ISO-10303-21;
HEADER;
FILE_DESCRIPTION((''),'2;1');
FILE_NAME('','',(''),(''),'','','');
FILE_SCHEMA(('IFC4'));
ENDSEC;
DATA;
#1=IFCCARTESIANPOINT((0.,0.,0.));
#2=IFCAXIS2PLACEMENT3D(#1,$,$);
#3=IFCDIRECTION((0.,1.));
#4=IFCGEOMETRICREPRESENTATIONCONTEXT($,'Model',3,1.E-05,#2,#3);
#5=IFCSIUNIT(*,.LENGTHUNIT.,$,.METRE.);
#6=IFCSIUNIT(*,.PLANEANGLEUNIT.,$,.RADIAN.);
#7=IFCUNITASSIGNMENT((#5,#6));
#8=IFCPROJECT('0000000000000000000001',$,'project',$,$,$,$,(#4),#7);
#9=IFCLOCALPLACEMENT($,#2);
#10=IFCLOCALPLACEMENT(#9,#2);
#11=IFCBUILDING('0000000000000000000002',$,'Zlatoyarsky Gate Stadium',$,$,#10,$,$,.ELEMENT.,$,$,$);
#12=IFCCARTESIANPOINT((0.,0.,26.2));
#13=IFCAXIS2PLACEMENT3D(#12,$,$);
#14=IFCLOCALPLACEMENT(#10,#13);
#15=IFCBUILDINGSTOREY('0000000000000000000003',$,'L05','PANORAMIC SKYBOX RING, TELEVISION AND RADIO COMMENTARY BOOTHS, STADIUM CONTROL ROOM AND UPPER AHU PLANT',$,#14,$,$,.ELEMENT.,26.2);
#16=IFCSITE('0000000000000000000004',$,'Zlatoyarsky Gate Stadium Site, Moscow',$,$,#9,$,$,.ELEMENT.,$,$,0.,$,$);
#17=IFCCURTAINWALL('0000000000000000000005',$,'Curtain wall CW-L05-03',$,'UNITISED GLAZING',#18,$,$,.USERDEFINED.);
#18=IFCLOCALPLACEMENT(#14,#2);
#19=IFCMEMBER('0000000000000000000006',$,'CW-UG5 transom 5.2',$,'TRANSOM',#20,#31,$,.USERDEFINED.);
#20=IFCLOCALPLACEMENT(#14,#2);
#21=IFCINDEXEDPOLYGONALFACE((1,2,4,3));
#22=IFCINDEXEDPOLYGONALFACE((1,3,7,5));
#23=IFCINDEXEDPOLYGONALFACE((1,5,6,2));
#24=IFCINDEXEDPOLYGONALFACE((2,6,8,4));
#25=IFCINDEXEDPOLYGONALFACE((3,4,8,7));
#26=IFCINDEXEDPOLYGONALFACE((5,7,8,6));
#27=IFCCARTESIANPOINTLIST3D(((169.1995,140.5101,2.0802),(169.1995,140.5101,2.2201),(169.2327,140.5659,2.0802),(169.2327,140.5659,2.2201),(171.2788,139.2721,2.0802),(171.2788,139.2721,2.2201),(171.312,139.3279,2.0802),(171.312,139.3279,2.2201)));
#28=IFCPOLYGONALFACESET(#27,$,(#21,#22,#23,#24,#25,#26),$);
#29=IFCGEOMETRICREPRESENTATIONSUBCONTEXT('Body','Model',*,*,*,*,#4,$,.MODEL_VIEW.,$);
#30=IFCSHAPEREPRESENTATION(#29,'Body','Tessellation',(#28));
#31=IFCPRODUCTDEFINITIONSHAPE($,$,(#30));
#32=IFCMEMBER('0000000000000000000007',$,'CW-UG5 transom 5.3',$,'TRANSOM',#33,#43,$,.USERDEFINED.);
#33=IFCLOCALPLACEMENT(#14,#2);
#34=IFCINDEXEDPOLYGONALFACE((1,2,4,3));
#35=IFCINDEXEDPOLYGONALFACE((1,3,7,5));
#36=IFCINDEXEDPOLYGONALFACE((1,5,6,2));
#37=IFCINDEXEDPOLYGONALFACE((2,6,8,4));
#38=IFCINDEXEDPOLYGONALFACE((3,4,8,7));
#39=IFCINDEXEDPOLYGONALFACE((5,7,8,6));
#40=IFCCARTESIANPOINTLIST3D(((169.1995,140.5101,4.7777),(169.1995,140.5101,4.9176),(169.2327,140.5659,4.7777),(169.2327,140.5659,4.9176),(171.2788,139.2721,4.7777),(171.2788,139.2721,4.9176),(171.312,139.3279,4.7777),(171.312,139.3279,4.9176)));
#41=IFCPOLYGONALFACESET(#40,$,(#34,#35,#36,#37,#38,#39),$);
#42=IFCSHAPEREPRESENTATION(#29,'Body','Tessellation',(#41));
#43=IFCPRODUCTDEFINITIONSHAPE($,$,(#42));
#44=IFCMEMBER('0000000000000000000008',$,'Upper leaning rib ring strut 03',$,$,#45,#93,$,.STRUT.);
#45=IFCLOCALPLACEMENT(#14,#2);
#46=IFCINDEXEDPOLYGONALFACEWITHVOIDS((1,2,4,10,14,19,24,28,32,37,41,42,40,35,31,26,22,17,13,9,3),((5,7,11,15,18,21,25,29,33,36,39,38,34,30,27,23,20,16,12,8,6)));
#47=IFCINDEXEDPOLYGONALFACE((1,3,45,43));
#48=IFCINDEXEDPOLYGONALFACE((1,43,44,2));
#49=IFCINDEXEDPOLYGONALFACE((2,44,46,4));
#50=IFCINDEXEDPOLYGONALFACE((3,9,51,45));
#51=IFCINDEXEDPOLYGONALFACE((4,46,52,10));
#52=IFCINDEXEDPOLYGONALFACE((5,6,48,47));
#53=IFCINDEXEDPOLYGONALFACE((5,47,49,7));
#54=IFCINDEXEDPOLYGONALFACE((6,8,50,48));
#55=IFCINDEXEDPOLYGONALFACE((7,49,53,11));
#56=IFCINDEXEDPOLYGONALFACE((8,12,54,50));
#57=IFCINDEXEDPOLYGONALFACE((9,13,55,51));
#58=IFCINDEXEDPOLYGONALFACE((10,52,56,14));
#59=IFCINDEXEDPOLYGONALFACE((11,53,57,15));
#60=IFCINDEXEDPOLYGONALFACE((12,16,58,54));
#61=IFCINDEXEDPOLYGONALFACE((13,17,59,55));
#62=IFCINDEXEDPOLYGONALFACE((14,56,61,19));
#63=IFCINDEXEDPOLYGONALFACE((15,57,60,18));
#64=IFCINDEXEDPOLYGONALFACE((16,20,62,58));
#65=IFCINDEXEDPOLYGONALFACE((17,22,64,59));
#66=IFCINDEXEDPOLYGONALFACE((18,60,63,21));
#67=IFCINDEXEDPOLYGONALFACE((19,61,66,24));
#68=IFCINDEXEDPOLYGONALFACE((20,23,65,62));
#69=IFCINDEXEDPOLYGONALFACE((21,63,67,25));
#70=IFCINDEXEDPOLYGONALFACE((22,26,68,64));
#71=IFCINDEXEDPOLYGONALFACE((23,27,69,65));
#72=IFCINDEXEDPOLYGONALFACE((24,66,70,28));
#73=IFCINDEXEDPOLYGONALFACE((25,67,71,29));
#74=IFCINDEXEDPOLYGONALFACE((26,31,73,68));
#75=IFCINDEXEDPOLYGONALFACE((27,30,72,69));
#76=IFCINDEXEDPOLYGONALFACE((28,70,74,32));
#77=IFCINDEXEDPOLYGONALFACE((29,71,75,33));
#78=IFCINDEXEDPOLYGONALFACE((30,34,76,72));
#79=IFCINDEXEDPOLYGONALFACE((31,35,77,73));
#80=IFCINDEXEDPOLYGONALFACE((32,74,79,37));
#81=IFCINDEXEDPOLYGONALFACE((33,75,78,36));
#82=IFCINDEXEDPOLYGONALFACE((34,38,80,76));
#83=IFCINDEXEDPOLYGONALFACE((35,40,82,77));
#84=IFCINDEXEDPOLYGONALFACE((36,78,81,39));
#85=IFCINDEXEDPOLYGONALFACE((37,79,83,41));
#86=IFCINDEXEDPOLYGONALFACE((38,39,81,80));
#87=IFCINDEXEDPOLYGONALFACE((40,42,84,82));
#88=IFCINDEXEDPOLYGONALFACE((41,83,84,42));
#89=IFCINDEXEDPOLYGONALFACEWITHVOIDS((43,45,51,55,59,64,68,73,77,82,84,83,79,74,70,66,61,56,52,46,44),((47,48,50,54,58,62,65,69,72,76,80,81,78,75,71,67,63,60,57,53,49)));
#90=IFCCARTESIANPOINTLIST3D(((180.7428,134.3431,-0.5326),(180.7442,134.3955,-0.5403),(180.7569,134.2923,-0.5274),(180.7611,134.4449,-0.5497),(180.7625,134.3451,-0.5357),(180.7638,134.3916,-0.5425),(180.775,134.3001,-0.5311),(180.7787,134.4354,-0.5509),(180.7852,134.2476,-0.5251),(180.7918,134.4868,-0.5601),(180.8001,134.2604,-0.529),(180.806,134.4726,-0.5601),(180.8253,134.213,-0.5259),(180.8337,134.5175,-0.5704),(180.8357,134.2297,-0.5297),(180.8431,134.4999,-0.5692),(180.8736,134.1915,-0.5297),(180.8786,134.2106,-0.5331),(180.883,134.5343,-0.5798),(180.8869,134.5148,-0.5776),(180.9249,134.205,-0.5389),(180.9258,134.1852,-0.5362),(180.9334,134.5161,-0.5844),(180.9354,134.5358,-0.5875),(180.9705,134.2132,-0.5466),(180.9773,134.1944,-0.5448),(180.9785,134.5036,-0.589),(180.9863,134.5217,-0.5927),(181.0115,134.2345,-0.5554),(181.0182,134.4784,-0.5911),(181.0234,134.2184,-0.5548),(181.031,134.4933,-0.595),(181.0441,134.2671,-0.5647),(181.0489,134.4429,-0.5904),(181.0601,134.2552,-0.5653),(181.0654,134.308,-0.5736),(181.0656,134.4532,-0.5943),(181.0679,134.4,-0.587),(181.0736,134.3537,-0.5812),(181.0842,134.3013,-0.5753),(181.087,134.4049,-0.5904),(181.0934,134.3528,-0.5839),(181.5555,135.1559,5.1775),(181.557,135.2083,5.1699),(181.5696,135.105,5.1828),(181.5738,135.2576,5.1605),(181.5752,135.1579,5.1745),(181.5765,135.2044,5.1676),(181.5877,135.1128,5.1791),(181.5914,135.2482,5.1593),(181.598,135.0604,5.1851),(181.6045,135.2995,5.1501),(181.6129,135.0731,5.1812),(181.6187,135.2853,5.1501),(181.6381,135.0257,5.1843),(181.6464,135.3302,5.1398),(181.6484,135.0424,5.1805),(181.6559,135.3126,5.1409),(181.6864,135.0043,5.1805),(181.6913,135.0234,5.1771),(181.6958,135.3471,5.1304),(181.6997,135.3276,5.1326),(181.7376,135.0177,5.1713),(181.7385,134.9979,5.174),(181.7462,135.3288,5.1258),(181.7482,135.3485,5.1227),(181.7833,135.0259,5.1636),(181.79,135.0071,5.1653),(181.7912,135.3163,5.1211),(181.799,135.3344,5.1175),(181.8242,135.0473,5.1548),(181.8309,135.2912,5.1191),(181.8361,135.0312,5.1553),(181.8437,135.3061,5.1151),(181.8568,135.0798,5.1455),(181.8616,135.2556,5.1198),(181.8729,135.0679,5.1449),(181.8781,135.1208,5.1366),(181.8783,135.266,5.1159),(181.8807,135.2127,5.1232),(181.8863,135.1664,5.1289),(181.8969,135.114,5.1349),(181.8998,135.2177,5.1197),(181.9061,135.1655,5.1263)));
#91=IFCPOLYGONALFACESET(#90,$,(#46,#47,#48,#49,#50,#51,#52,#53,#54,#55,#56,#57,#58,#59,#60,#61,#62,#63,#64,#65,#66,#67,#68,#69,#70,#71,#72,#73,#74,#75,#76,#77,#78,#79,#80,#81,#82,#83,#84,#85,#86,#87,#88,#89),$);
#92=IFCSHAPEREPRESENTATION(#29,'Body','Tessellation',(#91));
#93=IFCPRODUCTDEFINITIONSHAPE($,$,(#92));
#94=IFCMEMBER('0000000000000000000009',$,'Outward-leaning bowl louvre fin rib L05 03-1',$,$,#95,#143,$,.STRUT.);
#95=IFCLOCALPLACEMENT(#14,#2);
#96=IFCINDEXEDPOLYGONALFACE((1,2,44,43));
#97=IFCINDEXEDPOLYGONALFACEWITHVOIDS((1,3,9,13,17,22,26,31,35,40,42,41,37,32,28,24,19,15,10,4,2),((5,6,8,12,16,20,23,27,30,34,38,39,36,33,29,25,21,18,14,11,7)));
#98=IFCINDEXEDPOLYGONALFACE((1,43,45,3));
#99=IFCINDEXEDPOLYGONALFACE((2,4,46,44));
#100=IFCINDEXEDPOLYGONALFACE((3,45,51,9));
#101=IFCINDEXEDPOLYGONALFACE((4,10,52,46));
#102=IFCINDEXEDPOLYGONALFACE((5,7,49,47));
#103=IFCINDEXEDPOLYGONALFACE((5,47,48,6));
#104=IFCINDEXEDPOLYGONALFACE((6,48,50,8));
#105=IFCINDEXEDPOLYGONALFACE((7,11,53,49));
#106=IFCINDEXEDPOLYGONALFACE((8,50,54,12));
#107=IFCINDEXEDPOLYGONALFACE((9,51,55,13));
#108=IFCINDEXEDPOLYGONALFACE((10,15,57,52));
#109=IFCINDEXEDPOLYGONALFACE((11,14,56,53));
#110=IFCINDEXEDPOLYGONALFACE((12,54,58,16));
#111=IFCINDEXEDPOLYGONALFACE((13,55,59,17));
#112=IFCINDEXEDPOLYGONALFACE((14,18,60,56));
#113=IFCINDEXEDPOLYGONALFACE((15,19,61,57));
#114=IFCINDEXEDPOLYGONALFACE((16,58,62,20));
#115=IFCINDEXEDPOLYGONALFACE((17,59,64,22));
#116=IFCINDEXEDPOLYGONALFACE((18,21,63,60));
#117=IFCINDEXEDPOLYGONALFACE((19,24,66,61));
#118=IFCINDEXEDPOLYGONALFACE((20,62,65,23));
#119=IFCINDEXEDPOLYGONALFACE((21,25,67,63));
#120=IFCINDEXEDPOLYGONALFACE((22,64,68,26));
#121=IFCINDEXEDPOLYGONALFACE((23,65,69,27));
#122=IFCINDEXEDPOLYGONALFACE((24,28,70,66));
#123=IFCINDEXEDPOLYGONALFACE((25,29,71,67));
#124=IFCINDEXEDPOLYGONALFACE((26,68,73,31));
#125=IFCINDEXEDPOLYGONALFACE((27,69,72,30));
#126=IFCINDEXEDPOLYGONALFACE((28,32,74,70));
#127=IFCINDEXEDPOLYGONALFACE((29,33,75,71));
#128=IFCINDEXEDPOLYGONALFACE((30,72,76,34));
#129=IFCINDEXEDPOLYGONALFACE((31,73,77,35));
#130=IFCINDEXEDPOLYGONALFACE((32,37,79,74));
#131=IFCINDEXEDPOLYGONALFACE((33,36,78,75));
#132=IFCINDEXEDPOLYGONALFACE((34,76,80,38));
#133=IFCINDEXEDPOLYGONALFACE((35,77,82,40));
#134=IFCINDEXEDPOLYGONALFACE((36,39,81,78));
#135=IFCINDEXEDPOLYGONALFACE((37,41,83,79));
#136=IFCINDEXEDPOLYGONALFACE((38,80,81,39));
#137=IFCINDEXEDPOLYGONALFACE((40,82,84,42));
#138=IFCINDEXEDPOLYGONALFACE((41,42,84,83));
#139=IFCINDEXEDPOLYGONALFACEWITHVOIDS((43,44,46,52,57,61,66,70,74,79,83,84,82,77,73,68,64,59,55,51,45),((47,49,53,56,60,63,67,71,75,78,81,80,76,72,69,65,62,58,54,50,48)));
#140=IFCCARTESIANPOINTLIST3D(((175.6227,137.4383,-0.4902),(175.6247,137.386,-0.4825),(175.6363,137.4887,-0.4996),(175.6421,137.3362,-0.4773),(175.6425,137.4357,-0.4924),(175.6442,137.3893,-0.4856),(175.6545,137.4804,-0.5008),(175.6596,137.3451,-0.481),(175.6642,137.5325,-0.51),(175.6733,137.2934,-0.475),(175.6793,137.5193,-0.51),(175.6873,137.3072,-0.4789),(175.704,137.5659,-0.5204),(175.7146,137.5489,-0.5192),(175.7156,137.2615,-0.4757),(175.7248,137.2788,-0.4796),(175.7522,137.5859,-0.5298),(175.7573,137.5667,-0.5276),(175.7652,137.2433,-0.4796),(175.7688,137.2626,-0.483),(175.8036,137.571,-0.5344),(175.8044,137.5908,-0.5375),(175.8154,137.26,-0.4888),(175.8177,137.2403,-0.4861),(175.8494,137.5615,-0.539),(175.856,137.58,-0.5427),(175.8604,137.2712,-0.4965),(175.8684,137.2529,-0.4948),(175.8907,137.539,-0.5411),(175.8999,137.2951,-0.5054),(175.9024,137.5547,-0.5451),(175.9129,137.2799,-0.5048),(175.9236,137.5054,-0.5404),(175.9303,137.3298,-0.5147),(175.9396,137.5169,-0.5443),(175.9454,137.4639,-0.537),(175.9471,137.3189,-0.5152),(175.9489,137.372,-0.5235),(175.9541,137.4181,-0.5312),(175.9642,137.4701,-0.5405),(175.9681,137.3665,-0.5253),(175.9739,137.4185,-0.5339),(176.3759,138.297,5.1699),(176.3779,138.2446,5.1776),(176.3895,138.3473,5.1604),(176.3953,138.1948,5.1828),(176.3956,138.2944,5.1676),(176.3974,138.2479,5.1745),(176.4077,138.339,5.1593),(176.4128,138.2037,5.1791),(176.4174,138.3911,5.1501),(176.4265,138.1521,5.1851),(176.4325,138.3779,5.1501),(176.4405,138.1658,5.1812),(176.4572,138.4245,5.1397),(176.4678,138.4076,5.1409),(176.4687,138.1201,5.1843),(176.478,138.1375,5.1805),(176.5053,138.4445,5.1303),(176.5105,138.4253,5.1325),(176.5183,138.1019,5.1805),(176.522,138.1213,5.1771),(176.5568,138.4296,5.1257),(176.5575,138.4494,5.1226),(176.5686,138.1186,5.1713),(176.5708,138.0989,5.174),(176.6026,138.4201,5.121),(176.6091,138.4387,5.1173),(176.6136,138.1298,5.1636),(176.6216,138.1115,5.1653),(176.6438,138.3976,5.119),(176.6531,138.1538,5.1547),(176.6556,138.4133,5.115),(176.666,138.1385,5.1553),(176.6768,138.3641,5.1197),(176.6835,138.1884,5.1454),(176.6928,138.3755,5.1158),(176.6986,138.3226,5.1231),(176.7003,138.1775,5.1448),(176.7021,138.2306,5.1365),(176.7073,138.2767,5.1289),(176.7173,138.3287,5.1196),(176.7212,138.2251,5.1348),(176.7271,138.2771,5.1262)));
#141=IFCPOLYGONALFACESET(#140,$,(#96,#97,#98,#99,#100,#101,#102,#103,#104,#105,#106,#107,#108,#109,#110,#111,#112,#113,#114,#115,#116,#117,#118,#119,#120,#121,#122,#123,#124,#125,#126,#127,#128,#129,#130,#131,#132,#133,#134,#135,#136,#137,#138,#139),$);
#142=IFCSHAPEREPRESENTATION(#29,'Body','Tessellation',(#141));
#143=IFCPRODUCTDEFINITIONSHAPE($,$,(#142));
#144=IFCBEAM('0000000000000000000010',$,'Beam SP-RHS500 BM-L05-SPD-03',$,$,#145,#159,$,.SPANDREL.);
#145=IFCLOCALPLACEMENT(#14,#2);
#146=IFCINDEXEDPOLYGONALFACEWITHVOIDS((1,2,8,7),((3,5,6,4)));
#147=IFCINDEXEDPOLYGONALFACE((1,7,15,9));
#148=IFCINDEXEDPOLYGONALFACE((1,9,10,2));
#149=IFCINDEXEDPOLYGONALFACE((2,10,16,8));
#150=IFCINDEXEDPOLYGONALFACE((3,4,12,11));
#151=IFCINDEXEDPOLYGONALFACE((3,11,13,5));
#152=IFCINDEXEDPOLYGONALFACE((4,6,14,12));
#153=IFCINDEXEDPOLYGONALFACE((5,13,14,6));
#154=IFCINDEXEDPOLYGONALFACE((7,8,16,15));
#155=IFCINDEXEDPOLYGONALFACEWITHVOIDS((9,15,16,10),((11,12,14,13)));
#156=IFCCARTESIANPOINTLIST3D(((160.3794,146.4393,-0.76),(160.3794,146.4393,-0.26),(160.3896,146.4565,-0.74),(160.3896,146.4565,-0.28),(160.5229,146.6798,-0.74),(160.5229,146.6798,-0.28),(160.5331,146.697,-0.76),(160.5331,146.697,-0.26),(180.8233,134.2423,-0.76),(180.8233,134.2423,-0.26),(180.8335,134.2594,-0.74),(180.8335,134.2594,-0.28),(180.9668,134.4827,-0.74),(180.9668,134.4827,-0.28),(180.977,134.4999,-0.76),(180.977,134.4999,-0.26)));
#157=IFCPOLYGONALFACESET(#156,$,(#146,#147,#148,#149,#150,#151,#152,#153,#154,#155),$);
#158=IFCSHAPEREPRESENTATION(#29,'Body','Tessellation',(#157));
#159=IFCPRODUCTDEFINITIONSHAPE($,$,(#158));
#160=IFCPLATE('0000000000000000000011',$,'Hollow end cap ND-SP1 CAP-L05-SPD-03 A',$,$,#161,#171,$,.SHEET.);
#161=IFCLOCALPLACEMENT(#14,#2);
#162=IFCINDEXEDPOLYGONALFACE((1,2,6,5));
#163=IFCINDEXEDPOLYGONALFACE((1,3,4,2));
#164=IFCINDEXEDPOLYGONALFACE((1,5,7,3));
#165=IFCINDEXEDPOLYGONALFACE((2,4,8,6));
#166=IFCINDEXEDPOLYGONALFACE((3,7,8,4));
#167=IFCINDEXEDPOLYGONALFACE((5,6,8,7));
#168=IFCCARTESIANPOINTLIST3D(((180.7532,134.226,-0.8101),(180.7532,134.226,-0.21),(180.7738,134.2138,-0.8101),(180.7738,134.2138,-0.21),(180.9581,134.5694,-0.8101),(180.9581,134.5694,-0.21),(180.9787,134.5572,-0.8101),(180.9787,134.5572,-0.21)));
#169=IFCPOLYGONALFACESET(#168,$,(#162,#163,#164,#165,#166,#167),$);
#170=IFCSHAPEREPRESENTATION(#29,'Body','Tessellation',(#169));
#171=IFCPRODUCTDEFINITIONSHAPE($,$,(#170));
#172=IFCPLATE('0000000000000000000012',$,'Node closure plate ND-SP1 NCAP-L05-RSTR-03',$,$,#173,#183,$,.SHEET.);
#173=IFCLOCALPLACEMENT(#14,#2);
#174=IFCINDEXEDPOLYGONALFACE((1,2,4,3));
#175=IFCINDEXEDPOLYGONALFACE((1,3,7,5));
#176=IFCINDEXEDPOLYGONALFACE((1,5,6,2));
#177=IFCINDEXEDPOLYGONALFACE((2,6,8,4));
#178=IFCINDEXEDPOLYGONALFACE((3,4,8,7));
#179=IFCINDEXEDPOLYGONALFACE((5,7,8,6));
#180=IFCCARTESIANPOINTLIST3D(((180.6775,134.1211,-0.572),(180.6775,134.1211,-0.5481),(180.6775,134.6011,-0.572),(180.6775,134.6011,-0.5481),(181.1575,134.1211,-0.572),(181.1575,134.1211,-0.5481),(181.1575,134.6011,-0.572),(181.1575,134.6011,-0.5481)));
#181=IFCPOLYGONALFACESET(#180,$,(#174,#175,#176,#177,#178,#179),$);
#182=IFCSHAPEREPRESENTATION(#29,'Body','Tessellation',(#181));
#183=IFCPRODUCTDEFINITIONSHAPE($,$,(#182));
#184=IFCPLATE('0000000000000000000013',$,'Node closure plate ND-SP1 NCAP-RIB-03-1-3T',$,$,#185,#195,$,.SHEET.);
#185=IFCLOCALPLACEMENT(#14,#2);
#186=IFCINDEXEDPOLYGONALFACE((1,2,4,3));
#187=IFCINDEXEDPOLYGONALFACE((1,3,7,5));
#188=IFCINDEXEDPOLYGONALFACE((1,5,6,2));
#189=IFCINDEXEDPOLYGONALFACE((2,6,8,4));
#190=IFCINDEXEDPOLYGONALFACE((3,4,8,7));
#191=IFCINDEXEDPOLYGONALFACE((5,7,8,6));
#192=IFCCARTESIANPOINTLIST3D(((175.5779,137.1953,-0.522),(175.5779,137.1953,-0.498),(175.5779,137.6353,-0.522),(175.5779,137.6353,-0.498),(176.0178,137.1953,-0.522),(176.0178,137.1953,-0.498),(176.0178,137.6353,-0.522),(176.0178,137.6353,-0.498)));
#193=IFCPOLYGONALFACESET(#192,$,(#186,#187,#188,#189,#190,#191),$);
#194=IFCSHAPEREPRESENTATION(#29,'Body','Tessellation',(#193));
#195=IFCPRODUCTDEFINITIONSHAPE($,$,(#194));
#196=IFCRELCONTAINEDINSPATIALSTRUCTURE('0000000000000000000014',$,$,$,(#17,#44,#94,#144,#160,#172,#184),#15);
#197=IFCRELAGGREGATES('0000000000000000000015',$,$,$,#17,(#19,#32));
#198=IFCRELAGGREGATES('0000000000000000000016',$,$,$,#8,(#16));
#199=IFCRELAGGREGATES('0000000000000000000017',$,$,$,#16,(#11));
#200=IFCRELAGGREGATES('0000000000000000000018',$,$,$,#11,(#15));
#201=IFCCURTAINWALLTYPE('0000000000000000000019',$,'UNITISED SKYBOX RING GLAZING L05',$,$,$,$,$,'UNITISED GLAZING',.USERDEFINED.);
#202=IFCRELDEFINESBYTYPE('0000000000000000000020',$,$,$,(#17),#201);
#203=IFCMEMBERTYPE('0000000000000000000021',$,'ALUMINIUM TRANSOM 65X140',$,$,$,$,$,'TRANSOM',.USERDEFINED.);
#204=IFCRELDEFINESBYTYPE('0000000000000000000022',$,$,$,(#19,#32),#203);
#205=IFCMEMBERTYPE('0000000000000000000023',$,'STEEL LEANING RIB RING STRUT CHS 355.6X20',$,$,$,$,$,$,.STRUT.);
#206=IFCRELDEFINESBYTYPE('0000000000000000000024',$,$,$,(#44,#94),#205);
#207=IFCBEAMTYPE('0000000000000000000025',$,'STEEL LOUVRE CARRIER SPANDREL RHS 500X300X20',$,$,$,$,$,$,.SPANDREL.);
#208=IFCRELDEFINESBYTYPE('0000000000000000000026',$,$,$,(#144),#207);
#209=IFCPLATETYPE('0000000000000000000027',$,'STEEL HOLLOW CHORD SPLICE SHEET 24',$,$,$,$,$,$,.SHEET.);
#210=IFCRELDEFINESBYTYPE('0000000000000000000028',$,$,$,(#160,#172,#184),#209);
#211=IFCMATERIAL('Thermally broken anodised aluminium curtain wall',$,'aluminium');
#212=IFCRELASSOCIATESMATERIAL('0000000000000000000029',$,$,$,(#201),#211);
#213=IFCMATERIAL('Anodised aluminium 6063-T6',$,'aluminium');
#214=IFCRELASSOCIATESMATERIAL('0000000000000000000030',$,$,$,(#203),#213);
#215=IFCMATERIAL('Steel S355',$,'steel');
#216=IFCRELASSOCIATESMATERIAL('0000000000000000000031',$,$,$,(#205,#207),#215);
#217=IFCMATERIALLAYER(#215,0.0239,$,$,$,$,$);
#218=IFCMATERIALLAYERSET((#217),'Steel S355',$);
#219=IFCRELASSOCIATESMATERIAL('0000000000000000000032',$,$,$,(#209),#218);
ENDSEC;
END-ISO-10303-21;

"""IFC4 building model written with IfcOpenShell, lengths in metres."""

from ifc_helpers import new_model, si_unit, direction, frame, origin, origin_2d, place, context, subcontext, project, spatial, rectangle, hollow_rectangle, hollow_circle, extrude, material, layer, layer_set, material_profile, profile_set, type_object, element, aggregate, save


model = new_model("IFC4")

# Units and contexts
model_context = context("Model", 3, precision=1e-05, world=origin(), true_north=direction((0.0, 1.0)))
body_context = subcontext(model_context, "Body", "Model", "MODEL_VIEW")
ifc_project = project(units=[si_unit("LENGTHUNIT", "METRE"), si_unit("PLANEANGLEUNIT", "RADIAN")], contexts=[model_context])

# Site, building, storey
site_placement = place(None, origin())
site = spatial("IfcSite", under=ifc_project, at=site_placement, Name="Zlatoyarsky Gate Stadium Site, Moscow", CompositionType="ELEMENT", RefElevation=0.0)
building_placement = place(site_placement, origin())
building = spatial("IfcBuilding", under=site, at=building_placement, Name="Zlatoyarsky Gate Stadium", CompositionType="ELEMENT")
storey_placement = place(building_placement, frame((0.0, 0.0, 26.2)))
storey = spatial("IfcBuildingStorey", under=building, at=storey_placement, Name="L05", Description="PANORAMIC SKYBOX RING, TELEVISION AND RADIO COMMENTARY BOOTHS, STADIUM CONTROL ROOM AND UPPER AHU PLANT", CompositionType="ELEMENT", Elevation=26.2)

# Curtain wall, members
ifc_material_1 = material(Name="Thermally broken anodised aluminium curtain wall", Category="aluminium")
curtain_wall_type = type_object("IfcCurtainWallType", Name="UNITISED SKYBOX RING GLAZING L05", ElementType="UNITISED GLAZING", PredefinedType="USERDEFINED", material=ifc_material_1)
curtain_wall_placement = place(storey_placement, origin())
curtain_wall = element("IfcCurtainWall", 1, at=curtain_wall_placement, inside=storey, type_object=curtain_wall_type, Name="Curtain wall CW-L05-03", ObjectType="UNITISED GLAZING", PredefinedType="USERDEFINED")
ifc_material_2 = material(Name="Anodised aluminium 6063-T6", Category="aluminium")
ifc_material_profile_1 = material_profile(ifc_material_2, rectangle(XDim=0.0649, YDim=0.1399, at=origin_2d()), Name="ALU 65X140")
ifc_profile_set_1 = profile_set([ifc_material_profile_1], Name="Anodised aluminium 6063-T6")
member_type_1 = type_object("IfcMemberType", Name="ALUMINIUM TRANSOM 65X140", ElementType="TRANSOM", PredefinedType="USERDEFINED", material=ifc_profile_set_1)
member_1_placement = place(storey_placement, frame((171.2954, 139.3, 2.1501), z_axis=(-0.859233, 0.511585, 0.0), x_axis=(-0.511585, -0.859233, 0.0)))
member_1 = element("IfcMember", 2, at=member_1_placement, type_object=member_type_1, Name="CW-UG5 transom 5.2", ObjectType="TRANSOM", PredefinedType="USERDEFINED", context=body_context, shape_type="SweptSolid", body=[
    extrude(rectangle(XDim=0.0649, YDim=0.1399, at=origin_2d()), origin(), (0.0, 0.0, 1.0), 2.4199),
])
member_2_placement = place(storey_placement, frame((171.2954, 139.3, 4.8477), z_axis=(-0.859233, 0.511585, 0.0), x_axis=(-0.511585, -0.859233, 0.0)))
member_2 = element("IfcMember", 3, at=member_2_placement, type_object=member_type_1, Name="CW-UG5 transom 5.3", ObjectType="TRANSOM", PredefinedType="USERDEFINED", context=body_context, shape_type="SweptSolid", body=[
    extrude(rectangle(XDim=0.0649, YDim=0.1399, at=origin_2d()), origin(), (0.0, 0.0, 1.0), 2.4199),
])

# Members
ifc_material_3 = material(Name="Steel S355", Category="steel")
ifc_material_profile_2 = material_profile(ifc_material_3, hollow_circle(Radius=0.1777, WallThickness=0.02, at=origin_2d()), Name="CHS 355.6X20")
ifc_profile_set_2 = profile_set([ifc_material_profile_2], Name="Steel S355")
member_type_2 = type_object("IfcMemberType", Name="STEEL LEANING RIB RING STRUT CHS 355.6X20", PredefinedType="STRUT", material=ifc_profile_set_2)
member_3_placement = place(storey_placement, frame((180.9175, 134.3611, -0.5601), z_axis=(0.139533, 0.139533, 0.980337), x_axis=(-0.707107, 0.707107, 0.0)))
element("IfcMember", 4, at=member_3_placement, inside=storey, type_object=member_type_2, Name="Upper leaning rib ring strut 03", PredefinedType="STRUT", context=body_context, shape_type="SweptSolid", body=[
    extrude(hollow_circle(Radius=0.1777, WallThickness=0.02, at=origin_2d()), origin(), (0.0, 0.0, 1.0), 5.8247),
])
member_4_placement = place(storey_placement, frame((175.7979, 137.4153, -0.51), z_axis=(0.130437, 0.148702, 0.980242), x_axis=(-0.751768, 0.659427, 0.0)))
element("IfcMember", 5, at=member_4_placement, inside=storey, type_object=member_type_2, Name="Outward-leaning bowl louvre fin rib L05 03-1", PredefinedType="STRUT", context=body_context, shape_type="SweptSolid", body=[
    extrude(hollow_circle(Radius=0.1777, WallThickness=0.02, at=origin_2d()), origin(), (0.0, 0.0, 1.0), 5.7742),
])

# Beam
ifc_material_profile_3 = material_profile(ifc_material_3, hollow_rectangle(XDim=0.3, YDim=0.5, WallThickness=0.02, at=origin_2d()), Name="RHS 500X300X20")
ifc_profile_set_3 = profile_set([ifc_material_profile_3], Name="Steel S355")
beam_type = type_object("IfcBeamType", Name="STEEL LOUVRE CARRIER SPANDREL RHS 500X300X20", PredefinedType="SPANDREL", material=ifc_profile_set_3)
beam_placement = place(storey_placement, frame((180.9001, 134.3711, -0.51), z_axis=(-0.858774, 0.512354, 0.0), x_axis=(-0.512354, -0.858774, 0.0)))
element("IfcBeam", 6, at=beam_placement, inside=storey, type_object=beam_type, Name="Beam SP-RHS500 BM-L05-SPD-03", PredefinedType="SPANDREL", context=body_context, shape_type="SweptSolid", body=[
    extrude(hollow_rectangle(XDim=0.3, YDim=0.5, WallThickness=0.02, at=origin_2d()), origin(), (0.0, 0.0, 1.0), 23.8059),
])

# Plates
ifc_layer_1 = layer(ifc_material_3, 0.0239)
ifc_layer_set_1 = layer_set([ifc_layer_1], Name="Steel S355")
plate_type_1 = type_object("IfcPlateType", Name="STEEL HOLLOW CHORD SPLICE SHEET 24", PredefinedType="SHEET", material=ifc_layer_set_1)
plate_1_placement = place(storey_placement, frame((180.866, 134.3916, -0.8101), z_axis=(0.0, 0.0, 1.0), x_axis=(-0.858778, 0.512349, 0.0)))
element("IfcPlate", 7, at=plate_1_placement, inside=storey, type_object=plate_type_1, Name="Hollow end cap ND-SP1 CAP-L05-SPD-03 A", PredefinedType="SHEET", context=body_context, shape_type="SweptSolid", body=[
    extrude(rectangle(XDim=0.0239, YDim=0.3999, at=origin_2d()), origin(), (0.0, 0.0, 1.0), 0.6001),
])
plate_2_placement = place(storey_placement, frame((180.9175, 134.3611, -0.572), z_axis=(0.0, 0.0, 1.0), x_axis=(1.0, 0.0, 0.0)))
element("IfcPlate", 8, at=plate_2_placement, inside=storey, type_object=plate_type_1, Name="Node closure plate ND-SP1 NCAP-L05-RSTR-03", PredefinedType="SHEET", context=body_context, shape_type="SweptSolid", body=[
    extrude(rectangle(XDim=0.48, YDim=0.48, at=origin_2d()), origin(), (0.0, 0.0, 1.0), 0.0239),
])
plate_3_placement = place(storey_placement, frame((175.7979, 137.4153, -0.522), z_axis=(0.0, 0.0, 1.0), x_axis=(1.0, 0.0, 0.0)))
element("IfcPlate", 9, at=plate_3_placement, inside=storey, type_object=plate_type_1, Name="Node closure plate ND-SP1 NCAP-RIB-03-1-3T", PredefinedType="SHEET", context=body_context, shape_type="SweptSolid", body=[
    extrude(rectangle(XDim=0.4399, YDim=0.4399, at=origin_2d()), origin(), (0.0, 0.0, 1.0), 0.0239),
])

aggregate(curtain_wall, [member_1, member_2])

save(model, "model.ifc")
